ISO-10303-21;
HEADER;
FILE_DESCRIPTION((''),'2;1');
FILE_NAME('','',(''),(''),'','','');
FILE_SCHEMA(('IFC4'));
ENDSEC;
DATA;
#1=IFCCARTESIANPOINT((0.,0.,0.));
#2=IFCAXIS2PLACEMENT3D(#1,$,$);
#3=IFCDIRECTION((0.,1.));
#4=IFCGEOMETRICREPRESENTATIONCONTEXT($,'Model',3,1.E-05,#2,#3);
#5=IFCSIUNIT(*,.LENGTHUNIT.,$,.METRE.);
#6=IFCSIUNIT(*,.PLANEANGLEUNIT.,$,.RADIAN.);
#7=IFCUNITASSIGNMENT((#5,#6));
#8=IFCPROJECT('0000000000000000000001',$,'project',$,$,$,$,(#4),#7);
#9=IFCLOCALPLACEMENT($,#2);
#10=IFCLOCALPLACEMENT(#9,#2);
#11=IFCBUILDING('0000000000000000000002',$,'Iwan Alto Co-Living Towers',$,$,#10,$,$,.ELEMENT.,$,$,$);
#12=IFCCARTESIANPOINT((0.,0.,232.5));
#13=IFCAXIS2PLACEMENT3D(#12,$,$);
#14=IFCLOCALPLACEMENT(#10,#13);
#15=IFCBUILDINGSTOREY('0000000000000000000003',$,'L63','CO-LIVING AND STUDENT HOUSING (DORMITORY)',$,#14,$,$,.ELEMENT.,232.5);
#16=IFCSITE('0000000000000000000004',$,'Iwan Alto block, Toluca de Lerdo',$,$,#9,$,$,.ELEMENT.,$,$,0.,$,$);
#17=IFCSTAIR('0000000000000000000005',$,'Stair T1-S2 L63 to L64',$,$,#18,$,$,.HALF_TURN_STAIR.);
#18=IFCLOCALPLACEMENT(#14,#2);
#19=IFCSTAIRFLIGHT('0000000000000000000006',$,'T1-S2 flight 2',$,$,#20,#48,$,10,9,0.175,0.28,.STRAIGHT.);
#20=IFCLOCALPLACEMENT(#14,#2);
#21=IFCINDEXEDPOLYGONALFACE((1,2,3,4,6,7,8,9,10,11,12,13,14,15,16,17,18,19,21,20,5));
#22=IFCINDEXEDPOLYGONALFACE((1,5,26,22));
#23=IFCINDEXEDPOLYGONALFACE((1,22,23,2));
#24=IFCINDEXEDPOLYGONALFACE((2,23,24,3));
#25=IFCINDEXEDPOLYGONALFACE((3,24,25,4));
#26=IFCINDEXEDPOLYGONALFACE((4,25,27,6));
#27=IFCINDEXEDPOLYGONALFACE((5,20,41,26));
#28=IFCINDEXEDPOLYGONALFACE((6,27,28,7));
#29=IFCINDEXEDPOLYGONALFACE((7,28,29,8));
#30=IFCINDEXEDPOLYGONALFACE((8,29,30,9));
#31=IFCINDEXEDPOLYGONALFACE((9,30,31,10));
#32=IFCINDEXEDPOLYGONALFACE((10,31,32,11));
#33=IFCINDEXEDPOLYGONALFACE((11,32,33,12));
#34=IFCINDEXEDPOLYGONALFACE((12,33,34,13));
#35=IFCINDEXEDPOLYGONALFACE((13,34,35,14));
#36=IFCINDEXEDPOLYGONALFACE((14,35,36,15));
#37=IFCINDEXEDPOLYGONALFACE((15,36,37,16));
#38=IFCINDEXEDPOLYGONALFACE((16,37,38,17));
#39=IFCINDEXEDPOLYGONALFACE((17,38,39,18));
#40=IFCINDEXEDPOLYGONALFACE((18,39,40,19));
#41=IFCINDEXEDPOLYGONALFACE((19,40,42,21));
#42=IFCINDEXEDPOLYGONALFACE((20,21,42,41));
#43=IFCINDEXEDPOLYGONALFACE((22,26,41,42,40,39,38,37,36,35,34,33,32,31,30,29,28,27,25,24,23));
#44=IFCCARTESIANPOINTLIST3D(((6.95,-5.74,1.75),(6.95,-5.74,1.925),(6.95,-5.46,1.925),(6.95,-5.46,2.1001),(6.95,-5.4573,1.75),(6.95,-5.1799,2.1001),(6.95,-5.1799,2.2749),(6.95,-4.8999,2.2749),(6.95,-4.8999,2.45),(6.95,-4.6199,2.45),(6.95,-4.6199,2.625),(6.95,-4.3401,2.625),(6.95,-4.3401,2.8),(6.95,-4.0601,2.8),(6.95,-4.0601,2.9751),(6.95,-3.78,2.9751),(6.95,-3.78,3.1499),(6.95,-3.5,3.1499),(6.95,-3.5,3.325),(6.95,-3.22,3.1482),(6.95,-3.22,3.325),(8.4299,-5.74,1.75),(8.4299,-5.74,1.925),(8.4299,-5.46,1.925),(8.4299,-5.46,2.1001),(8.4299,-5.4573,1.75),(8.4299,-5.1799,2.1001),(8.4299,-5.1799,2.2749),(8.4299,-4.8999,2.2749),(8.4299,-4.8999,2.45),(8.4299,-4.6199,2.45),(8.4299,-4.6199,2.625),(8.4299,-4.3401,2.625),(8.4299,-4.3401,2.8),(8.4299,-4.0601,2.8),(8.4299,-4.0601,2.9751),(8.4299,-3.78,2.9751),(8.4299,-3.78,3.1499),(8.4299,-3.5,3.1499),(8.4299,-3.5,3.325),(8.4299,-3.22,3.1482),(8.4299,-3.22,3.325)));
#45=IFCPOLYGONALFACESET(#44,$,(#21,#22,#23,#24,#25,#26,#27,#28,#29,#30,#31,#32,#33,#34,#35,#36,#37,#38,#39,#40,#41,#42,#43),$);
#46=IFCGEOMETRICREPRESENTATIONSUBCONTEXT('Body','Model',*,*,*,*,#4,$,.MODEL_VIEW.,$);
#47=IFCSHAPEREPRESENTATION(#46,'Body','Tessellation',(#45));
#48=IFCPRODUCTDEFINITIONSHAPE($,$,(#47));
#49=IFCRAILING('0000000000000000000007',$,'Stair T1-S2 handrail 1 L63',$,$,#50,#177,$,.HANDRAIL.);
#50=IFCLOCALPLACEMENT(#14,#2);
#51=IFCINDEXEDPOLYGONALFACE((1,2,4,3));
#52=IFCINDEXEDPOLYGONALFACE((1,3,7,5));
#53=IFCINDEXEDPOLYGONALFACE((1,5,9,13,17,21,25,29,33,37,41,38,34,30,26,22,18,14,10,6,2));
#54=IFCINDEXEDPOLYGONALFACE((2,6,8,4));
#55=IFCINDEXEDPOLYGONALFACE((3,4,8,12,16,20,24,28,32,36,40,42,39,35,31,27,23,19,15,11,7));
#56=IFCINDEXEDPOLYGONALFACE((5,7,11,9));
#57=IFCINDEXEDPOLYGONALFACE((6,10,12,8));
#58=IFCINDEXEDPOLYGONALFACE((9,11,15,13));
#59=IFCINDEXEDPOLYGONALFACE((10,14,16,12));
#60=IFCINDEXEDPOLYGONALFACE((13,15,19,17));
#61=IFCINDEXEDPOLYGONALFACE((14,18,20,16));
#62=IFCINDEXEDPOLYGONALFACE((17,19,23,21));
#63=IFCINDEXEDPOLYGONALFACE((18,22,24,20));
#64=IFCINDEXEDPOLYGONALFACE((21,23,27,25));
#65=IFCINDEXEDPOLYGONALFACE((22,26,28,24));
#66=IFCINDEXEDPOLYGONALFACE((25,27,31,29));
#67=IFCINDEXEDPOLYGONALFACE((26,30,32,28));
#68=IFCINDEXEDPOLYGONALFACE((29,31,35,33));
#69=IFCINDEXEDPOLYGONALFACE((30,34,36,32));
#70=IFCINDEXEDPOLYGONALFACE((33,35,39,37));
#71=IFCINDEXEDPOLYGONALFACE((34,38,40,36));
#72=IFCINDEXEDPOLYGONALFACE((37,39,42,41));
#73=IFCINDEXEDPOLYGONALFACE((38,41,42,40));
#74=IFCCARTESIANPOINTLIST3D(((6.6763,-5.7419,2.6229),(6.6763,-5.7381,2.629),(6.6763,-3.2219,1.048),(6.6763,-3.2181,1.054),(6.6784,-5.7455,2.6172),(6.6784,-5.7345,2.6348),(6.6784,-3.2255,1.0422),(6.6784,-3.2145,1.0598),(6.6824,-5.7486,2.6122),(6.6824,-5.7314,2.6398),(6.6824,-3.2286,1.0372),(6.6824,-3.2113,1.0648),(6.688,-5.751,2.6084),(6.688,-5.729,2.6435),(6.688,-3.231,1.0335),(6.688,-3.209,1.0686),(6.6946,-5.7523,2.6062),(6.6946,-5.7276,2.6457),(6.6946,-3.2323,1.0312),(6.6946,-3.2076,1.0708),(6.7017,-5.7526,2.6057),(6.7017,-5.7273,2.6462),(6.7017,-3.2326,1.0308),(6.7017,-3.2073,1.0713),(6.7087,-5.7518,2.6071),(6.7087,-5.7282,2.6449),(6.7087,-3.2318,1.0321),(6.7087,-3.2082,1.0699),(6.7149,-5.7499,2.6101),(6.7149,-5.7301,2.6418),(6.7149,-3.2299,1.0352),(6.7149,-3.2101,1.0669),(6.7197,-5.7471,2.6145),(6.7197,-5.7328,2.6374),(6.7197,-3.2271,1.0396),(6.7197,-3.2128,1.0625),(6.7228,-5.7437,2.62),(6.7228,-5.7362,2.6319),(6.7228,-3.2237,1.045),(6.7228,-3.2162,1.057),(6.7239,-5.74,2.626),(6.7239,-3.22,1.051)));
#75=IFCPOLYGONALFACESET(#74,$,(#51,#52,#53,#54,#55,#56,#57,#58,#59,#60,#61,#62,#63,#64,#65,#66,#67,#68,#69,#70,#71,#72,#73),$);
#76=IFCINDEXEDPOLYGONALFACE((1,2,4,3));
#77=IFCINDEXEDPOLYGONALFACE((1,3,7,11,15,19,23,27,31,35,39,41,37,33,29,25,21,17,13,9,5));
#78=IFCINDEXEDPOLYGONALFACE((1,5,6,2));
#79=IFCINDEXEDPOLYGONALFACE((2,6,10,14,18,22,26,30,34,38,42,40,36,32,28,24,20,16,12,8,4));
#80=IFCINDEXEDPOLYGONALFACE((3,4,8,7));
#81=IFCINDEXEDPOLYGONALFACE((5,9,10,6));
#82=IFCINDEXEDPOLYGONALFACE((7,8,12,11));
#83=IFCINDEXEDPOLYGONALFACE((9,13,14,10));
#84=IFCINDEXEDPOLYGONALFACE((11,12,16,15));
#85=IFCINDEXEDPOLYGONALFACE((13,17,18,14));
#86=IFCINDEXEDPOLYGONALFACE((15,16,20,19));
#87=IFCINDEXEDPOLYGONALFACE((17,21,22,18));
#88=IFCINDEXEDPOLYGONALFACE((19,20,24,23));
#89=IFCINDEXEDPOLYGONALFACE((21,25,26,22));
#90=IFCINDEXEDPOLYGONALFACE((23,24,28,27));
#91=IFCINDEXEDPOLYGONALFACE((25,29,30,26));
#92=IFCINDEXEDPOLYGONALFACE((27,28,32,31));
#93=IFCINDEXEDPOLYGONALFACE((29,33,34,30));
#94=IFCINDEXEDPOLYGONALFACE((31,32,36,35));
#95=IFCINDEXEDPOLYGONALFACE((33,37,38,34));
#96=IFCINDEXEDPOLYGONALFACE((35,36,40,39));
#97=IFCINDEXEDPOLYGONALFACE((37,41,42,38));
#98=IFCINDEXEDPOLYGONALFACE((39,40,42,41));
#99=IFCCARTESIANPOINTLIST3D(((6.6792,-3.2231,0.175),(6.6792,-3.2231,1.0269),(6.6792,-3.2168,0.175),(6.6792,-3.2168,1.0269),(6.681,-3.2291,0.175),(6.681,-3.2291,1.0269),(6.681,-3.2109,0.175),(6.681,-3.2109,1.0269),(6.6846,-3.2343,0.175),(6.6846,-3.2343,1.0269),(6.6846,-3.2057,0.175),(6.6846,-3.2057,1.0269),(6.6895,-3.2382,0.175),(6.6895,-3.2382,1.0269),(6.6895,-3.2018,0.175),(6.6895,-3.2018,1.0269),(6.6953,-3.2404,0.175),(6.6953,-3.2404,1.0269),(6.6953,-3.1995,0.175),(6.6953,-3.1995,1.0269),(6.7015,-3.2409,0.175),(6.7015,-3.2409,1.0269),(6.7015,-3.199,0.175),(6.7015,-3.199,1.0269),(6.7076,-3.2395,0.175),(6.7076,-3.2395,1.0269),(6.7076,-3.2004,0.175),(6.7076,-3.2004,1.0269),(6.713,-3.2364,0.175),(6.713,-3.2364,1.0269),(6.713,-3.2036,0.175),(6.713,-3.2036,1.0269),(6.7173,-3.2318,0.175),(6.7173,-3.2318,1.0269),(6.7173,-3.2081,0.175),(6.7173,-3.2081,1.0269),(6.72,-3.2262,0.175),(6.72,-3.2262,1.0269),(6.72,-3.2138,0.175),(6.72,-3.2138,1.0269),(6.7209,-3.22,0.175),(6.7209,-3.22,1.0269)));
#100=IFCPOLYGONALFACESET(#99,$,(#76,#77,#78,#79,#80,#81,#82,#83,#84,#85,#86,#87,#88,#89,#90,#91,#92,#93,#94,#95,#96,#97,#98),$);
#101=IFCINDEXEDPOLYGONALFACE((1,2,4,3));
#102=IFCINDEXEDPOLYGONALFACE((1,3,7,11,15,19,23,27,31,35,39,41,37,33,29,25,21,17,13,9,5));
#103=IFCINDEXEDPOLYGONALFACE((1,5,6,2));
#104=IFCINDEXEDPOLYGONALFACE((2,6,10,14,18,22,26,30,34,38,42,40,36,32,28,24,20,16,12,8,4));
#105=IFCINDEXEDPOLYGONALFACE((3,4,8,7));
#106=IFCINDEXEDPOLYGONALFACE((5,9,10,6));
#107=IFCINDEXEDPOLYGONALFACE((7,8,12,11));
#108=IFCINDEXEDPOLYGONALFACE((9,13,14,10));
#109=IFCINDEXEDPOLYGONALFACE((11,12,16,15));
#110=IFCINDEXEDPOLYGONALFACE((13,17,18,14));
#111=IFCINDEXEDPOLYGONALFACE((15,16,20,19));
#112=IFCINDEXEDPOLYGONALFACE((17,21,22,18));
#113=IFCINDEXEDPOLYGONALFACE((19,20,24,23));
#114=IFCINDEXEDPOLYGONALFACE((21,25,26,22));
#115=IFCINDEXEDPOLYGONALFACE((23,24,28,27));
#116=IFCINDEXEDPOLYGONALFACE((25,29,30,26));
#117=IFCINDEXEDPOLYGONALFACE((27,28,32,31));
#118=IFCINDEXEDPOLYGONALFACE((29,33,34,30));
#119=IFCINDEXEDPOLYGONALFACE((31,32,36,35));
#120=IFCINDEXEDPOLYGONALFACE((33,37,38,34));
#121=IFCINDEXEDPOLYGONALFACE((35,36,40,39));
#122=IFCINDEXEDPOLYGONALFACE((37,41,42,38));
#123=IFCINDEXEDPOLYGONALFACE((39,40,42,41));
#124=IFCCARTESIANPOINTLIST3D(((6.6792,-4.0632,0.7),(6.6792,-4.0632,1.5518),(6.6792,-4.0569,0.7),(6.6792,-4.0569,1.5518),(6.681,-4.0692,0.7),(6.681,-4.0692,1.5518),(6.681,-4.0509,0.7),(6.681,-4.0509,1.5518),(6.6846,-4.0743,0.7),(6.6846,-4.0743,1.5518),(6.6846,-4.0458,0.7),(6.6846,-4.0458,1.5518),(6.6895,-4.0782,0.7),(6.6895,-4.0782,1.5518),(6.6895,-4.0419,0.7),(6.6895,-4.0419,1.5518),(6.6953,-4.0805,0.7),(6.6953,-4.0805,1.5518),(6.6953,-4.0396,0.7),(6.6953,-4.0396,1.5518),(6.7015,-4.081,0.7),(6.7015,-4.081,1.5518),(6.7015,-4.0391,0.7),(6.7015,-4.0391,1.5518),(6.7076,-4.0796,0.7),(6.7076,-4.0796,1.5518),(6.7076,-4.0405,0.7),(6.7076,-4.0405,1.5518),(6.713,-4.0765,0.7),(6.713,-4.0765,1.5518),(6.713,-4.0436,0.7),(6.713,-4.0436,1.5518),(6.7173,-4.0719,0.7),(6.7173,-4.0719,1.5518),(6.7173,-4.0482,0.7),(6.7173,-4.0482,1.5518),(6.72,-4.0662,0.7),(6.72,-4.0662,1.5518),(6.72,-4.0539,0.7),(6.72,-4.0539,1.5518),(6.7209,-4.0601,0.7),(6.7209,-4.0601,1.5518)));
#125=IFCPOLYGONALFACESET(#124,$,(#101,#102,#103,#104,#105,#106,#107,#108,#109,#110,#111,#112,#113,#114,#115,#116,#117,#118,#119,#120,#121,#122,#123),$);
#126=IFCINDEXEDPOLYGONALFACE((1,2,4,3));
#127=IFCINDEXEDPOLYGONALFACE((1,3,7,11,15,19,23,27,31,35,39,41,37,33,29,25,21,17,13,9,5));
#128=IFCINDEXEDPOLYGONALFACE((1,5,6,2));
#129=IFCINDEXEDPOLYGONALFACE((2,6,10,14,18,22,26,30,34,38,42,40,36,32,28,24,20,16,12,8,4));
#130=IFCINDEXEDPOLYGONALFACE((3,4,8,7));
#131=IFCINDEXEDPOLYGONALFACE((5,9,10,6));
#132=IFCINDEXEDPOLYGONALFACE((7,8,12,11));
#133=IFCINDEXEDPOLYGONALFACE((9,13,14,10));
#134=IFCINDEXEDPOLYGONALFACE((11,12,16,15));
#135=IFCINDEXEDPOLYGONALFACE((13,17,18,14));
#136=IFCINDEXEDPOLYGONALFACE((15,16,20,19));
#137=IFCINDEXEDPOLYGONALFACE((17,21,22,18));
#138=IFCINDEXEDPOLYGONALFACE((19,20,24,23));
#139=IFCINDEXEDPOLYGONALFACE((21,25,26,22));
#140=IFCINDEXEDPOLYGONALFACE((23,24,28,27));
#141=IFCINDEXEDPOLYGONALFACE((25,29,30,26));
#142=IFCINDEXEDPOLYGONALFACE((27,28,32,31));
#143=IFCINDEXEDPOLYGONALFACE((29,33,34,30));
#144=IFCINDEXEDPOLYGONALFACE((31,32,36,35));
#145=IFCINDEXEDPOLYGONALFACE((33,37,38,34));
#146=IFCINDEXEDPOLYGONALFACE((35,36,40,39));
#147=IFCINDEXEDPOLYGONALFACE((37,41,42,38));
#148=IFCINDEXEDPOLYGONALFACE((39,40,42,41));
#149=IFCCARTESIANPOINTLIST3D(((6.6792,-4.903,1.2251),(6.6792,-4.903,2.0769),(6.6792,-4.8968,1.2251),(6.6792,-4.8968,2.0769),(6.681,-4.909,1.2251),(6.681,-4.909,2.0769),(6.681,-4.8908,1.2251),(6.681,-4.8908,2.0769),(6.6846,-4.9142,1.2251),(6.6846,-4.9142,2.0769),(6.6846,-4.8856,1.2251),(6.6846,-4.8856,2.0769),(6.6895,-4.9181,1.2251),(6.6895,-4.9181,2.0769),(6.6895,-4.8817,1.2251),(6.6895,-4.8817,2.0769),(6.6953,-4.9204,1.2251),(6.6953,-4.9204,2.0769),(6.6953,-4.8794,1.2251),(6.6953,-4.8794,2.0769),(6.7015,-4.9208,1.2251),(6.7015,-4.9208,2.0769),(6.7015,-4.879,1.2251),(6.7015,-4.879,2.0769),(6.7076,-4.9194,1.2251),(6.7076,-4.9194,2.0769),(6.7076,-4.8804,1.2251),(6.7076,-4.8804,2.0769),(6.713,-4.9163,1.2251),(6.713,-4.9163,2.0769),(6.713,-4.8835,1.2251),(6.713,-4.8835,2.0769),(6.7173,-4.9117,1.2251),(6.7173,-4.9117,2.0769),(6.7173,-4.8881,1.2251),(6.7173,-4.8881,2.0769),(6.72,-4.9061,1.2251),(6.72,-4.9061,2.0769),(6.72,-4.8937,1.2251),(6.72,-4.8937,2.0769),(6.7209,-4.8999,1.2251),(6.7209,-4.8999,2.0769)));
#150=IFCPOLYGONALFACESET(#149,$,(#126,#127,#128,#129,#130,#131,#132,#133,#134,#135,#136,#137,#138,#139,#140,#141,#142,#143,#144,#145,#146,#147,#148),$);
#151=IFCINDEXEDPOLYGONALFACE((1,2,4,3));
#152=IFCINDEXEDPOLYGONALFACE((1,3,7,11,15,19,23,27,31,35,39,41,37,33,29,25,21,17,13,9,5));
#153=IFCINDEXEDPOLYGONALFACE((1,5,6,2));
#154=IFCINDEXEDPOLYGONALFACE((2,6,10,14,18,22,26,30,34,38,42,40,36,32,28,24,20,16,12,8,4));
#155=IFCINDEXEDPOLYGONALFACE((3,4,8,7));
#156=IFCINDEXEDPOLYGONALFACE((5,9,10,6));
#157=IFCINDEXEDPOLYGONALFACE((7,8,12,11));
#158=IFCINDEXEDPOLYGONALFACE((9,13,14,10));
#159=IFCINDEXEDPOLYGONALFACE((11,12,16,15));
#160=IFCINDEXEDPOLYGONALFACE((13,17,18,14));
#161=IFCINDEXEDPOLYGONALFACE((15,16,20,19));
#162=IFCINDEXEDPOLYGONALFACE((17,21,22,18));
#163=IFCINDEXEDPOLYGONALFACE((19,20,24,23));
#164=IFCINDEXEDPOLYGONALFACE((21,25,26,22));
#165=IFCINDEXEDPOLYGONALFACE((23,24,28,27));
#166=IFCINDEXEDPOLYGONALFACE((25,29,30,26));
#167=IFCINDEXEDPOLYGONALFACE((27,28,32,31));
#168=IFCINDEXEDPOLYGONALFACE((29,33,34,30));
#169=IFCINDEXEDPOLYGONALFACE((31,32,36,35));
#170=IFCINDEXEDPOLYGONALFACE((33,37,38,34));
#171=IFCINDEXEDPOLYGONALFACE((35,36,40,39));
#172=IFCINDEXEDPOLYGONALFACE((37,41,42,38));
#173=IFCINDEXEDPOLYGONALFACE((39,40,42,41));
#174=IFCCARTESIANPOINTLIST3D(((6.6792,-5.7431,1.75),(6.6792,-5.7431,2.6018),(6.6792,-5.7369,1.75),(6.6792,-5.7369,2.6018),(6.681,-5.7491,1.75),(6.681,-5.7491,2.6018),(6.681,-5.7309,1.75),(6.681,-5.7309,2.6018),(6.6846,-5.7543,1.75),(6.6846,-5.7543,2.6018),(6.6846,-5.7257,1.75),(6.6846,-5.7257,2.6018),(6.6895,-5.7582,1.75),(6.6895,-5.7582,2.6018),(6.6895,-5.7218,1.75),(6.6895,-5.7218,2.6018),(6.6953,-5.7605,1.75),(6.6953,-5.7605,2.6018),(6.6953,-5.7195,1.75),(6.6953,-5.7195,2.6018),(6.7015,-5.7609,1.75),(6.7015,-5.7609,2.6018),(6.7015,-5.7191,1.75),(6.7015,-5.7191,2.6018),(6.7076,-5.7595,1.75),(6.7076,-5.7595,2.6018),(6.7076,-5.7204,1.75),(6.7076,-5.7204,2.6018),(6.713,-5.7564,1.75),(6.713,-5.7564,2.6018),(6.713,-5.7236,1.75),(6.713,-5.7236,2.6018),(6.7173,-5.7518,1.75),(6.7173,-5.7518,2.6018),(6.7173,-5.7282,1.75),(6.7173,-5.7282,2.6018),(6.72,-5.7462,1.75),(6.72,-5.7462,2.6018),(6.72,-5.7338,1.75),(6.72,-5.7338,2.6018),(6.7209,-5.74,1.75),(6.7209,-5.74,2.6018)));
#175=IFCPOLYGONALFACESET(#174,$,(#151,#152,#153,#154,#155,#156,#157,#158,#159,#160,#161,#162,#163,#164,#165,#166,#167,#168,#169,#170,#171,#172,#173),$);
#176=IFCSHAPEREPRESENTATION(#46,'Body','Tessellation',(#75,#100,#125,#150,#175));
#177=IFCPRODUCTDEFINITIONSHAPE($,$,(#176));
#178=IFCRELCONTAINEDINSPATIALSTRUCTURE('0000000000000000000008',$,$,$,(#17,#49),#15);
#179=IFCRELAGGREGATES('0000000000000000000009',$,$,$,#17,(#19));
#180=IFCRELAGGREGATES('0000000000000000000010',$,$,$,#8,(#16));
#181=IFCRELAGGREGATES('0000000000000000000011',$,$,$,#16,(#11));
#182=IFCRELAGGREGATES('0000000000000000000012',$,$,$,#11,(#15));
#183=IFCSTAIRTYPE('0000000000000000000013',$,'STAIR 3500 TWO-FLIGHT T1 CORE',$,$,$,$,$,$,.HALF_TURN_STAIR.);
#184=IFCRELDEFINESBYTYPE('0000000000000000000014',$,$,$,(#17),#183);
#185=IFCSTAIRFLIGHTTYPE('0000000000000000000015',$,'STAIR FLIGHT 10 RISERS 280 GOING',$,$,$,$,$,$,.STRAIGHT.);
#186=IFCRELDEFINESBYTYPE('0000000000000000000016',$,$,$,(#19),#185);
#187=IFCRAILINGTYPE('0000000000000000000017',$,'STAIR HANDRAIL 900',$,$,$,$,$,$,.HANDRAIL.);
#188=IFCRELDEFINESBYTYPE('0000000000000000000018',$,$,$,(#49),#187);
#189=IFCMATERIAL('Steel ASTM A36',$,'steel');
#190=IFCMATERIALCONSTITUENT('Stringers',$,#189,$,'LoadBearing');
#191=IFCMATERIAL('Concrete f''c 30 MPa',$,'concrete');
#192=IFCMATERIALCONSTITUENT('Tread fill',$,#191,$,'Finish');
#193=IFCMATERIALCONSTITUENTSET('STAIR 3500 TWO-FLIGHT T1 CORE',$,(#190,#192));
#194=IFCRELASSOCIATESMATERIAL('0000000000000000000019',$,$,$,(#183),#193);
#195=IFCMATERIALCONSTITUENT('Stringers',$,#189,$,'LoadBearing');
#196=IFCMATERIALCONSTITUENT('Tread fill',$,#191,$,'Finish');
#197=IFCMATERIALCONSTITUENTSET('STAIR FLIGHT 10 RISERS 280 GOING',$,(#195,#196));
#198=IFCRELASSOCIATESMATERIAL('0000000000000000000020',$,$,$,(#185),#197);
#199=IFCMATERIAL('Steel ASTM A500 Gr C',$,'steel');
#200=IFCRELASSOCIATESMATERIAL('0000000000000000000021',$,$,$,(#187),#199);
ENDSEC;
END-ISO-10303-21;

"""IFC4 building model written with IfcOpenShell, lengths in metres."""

from ifc_helpers import new_model, si_unit, direction, frame, origin, origin_2d, place, context, subcontext, project, spatial, polyline, circle, outline, extrude, material, constituent, constituent_set, type_object, element, aggregate, save


model = new_model("IFC4")

# Units and contexts
model_context = context("Model", 3, precision=1e-05, world=origin(), true_north=direction((0.0, 1.0)))
body_context = subcontext(model_context, "Body", "Model", "MODEL_VIEW")
ifc_project = project(units=[si_unit("LENGTHUNIT", "METRE"), si_unit("PLANEANGLEUNIT", "RADIAN")], contexts=[model_context])

# Site, building, storey
site_placement = place(None, origin())
site = spatial("IfcSite", under=ifc_project, at=site_placement, Name="Iwan Alto block, Toluca de Lerdo", CompositionType="ELEMENT", RefElevation=0.0)
building_placement = place(site_placement, origin())
building = spatial("IfcBuilding", under=site, at=building_placement, Name="Iwan Alto Co-Living Towers", CompositionType="ELEMENT")
storey_placement = place(building_placement, frame((0.0, 0.0, 232.5)))
storey = spatial("IfcBuildingStorey", under=building, at=storey_placement, Name="L63", Description="CO-LIVING AND STUDENT HOUSING (DORMITORY)", CompositionType="ELEMENT", Elevation=232.5)

# Stair
ifc_material_1 = material(Name="Steel ASTM A36", Category="steel")
ifc_constituent_1 = constituent(ifc_material_1, Name="Stringers", Category="LoadBearing")
ifc_material_2 = material(Name="Concrete f'c 30 MPa", Category="concrete")
ifc_constituent_2 = constituent(ifc_material_2, Name="Tread fill", Category="Finish")
ifc_constituent_set_1 = constituent_set(constituents=[ifc_constituent_1, ifc_constituent_2], Name="STAIR 3500 TWO-FLIGHT T1 CORE")
stair_type = type_object("IfcStairType", Name="STAIR 3500 TWO-FLIGHT T1 CORE", PredefinedType="HALF_TURN_STAIR", material=ifc_constituent_set_1)
stair_1_placement = place(storey_placement, origin())
stair_1 = element("IfcStair", 1, at=stair_1_placement, inside=storey, type_object=stair_type, Name="Stair T1-S2 L63 to L64", PredefinedType="HALF_TURN_STAIR")

# Stair flight
ifc_constituent_3 = constituent(ifc_material_1, Name="Stringers", Category="LoadBearing")
ifc_constituent_4 = constituent(ifc_material_2, Name="Tread fill", Category="Finish")
ifc_constituent_set_2 = constituent_set(constituents=[ifc_constituent_3, ifc_constituent_4], Name="STAIR FLIGHT 10 RISERS 280 GOING")
stair_flight_type = type_object("IfcStairFlightType", Name="STAIR FLIGHT 10 RISERS 280 GOING", PredefinedType="STRAIGHT", material=ifc_constituent_set_2)
stair_flight_1_placement = place(storey_placement, frame((7.6899, -5.74, 1.75), z_axis=(0.0, 0.0, 1.0), x_axis=(0.0, 1.0, 0.0)))
stair_flight_1 = element("IfcStairFlight", 2, at=stair_flight_1_placement, type_object=stair_flight_type, Name="T1-S2 flight 2", NumberOfRisers=10, NumberOfTreads=9, PredefinedType="STRAIGHT", RiserHeight=0.175, TreadLength=0.28, context=body_context, shape_type="SweptSolid", body=[
    extrude(outline(polyline([(0.0, 0.0), (0.0, 0.175), (0.28, 0.175), (0.28, 0.3501), (0.5601, 0.3501), (0.5601, 0.5249), (0.8401, 0.5249), (0.8401, 0.7), (1.1201, 0.7), (1.1201, 0.875), (1.3999, 0.875), (1.3999, 1.05), (1.6799, 1.05), (1.6799, 1.2251), (1.96, 1.2251), (1.96, 1.3999), (2.24, 1.3999), (2.24, 1.575), (2.52, 1.575), (2.52, 1.75), (2.52, 1.3982), (0.2827, 0.0), (0.0, 0.0)])), frame((0.0, 0.74, 0.0), z_axis=(0.0, -1.0, 0.0), x_axis=(1.0, 0.0, 0.0)), (0.0, 0.0, 1.0), 1.48),
])
aggregate(stair_1, [stair_flight_1])

# Railing
ifc_material_3 = material(Name="Steel ASTM A500 Gr C", Category="steel")
railing_type_1 = type_object("IfcRailingType", Name="STAIR HANDRAIL 900", PredefinedType="HANDRAIL", material=ifc_material_3)
railing_1_placement = place(storey_placement, frame((6.7, -3.22, 0.175)))
element("IfcRailing", 3, at=railing_1_placement, inside=storey, type_object=railing_type_1, Name="Stair T1-S2 handrail 1 L63", PredefinedType="HANDRAIL", context=body_context, shape_type="SweptSolid", body=[
    extrude(circle(Radius=0.0239, at=origin_2d()), frame((0.0, 0.0, 0.876), z_axis=(0.0, -0.848008, 0.529984), x_axis=(1.0, 0.0, 0.0)), (0.0, 0.0, 1.0), 2.9717),
    extrude(circle(Radius=0.021, at=origin_2d()), origin(), (0.0, 0.0, 1.0), 0.8518),
    extrude(circle(Radius=0.021, at=origin_2d()), frame((0.0, -0.8401, 0.5249)), (0.0, 0.0, 1.0), 0.8518),
    extrude(circle(Radius=0.021, at=origin_2d()), frame((0.0, -1.6799, 1.05)), (0.0, 0.0, 1.0), 0.8518),
    extrude(circle(Radius=0.021, at=origin_2d()), frame((0.0, -2.52, 1.575)), (0.0, 0.0, 1.0), 0.8518),
])

save(model, "model.ifc")
